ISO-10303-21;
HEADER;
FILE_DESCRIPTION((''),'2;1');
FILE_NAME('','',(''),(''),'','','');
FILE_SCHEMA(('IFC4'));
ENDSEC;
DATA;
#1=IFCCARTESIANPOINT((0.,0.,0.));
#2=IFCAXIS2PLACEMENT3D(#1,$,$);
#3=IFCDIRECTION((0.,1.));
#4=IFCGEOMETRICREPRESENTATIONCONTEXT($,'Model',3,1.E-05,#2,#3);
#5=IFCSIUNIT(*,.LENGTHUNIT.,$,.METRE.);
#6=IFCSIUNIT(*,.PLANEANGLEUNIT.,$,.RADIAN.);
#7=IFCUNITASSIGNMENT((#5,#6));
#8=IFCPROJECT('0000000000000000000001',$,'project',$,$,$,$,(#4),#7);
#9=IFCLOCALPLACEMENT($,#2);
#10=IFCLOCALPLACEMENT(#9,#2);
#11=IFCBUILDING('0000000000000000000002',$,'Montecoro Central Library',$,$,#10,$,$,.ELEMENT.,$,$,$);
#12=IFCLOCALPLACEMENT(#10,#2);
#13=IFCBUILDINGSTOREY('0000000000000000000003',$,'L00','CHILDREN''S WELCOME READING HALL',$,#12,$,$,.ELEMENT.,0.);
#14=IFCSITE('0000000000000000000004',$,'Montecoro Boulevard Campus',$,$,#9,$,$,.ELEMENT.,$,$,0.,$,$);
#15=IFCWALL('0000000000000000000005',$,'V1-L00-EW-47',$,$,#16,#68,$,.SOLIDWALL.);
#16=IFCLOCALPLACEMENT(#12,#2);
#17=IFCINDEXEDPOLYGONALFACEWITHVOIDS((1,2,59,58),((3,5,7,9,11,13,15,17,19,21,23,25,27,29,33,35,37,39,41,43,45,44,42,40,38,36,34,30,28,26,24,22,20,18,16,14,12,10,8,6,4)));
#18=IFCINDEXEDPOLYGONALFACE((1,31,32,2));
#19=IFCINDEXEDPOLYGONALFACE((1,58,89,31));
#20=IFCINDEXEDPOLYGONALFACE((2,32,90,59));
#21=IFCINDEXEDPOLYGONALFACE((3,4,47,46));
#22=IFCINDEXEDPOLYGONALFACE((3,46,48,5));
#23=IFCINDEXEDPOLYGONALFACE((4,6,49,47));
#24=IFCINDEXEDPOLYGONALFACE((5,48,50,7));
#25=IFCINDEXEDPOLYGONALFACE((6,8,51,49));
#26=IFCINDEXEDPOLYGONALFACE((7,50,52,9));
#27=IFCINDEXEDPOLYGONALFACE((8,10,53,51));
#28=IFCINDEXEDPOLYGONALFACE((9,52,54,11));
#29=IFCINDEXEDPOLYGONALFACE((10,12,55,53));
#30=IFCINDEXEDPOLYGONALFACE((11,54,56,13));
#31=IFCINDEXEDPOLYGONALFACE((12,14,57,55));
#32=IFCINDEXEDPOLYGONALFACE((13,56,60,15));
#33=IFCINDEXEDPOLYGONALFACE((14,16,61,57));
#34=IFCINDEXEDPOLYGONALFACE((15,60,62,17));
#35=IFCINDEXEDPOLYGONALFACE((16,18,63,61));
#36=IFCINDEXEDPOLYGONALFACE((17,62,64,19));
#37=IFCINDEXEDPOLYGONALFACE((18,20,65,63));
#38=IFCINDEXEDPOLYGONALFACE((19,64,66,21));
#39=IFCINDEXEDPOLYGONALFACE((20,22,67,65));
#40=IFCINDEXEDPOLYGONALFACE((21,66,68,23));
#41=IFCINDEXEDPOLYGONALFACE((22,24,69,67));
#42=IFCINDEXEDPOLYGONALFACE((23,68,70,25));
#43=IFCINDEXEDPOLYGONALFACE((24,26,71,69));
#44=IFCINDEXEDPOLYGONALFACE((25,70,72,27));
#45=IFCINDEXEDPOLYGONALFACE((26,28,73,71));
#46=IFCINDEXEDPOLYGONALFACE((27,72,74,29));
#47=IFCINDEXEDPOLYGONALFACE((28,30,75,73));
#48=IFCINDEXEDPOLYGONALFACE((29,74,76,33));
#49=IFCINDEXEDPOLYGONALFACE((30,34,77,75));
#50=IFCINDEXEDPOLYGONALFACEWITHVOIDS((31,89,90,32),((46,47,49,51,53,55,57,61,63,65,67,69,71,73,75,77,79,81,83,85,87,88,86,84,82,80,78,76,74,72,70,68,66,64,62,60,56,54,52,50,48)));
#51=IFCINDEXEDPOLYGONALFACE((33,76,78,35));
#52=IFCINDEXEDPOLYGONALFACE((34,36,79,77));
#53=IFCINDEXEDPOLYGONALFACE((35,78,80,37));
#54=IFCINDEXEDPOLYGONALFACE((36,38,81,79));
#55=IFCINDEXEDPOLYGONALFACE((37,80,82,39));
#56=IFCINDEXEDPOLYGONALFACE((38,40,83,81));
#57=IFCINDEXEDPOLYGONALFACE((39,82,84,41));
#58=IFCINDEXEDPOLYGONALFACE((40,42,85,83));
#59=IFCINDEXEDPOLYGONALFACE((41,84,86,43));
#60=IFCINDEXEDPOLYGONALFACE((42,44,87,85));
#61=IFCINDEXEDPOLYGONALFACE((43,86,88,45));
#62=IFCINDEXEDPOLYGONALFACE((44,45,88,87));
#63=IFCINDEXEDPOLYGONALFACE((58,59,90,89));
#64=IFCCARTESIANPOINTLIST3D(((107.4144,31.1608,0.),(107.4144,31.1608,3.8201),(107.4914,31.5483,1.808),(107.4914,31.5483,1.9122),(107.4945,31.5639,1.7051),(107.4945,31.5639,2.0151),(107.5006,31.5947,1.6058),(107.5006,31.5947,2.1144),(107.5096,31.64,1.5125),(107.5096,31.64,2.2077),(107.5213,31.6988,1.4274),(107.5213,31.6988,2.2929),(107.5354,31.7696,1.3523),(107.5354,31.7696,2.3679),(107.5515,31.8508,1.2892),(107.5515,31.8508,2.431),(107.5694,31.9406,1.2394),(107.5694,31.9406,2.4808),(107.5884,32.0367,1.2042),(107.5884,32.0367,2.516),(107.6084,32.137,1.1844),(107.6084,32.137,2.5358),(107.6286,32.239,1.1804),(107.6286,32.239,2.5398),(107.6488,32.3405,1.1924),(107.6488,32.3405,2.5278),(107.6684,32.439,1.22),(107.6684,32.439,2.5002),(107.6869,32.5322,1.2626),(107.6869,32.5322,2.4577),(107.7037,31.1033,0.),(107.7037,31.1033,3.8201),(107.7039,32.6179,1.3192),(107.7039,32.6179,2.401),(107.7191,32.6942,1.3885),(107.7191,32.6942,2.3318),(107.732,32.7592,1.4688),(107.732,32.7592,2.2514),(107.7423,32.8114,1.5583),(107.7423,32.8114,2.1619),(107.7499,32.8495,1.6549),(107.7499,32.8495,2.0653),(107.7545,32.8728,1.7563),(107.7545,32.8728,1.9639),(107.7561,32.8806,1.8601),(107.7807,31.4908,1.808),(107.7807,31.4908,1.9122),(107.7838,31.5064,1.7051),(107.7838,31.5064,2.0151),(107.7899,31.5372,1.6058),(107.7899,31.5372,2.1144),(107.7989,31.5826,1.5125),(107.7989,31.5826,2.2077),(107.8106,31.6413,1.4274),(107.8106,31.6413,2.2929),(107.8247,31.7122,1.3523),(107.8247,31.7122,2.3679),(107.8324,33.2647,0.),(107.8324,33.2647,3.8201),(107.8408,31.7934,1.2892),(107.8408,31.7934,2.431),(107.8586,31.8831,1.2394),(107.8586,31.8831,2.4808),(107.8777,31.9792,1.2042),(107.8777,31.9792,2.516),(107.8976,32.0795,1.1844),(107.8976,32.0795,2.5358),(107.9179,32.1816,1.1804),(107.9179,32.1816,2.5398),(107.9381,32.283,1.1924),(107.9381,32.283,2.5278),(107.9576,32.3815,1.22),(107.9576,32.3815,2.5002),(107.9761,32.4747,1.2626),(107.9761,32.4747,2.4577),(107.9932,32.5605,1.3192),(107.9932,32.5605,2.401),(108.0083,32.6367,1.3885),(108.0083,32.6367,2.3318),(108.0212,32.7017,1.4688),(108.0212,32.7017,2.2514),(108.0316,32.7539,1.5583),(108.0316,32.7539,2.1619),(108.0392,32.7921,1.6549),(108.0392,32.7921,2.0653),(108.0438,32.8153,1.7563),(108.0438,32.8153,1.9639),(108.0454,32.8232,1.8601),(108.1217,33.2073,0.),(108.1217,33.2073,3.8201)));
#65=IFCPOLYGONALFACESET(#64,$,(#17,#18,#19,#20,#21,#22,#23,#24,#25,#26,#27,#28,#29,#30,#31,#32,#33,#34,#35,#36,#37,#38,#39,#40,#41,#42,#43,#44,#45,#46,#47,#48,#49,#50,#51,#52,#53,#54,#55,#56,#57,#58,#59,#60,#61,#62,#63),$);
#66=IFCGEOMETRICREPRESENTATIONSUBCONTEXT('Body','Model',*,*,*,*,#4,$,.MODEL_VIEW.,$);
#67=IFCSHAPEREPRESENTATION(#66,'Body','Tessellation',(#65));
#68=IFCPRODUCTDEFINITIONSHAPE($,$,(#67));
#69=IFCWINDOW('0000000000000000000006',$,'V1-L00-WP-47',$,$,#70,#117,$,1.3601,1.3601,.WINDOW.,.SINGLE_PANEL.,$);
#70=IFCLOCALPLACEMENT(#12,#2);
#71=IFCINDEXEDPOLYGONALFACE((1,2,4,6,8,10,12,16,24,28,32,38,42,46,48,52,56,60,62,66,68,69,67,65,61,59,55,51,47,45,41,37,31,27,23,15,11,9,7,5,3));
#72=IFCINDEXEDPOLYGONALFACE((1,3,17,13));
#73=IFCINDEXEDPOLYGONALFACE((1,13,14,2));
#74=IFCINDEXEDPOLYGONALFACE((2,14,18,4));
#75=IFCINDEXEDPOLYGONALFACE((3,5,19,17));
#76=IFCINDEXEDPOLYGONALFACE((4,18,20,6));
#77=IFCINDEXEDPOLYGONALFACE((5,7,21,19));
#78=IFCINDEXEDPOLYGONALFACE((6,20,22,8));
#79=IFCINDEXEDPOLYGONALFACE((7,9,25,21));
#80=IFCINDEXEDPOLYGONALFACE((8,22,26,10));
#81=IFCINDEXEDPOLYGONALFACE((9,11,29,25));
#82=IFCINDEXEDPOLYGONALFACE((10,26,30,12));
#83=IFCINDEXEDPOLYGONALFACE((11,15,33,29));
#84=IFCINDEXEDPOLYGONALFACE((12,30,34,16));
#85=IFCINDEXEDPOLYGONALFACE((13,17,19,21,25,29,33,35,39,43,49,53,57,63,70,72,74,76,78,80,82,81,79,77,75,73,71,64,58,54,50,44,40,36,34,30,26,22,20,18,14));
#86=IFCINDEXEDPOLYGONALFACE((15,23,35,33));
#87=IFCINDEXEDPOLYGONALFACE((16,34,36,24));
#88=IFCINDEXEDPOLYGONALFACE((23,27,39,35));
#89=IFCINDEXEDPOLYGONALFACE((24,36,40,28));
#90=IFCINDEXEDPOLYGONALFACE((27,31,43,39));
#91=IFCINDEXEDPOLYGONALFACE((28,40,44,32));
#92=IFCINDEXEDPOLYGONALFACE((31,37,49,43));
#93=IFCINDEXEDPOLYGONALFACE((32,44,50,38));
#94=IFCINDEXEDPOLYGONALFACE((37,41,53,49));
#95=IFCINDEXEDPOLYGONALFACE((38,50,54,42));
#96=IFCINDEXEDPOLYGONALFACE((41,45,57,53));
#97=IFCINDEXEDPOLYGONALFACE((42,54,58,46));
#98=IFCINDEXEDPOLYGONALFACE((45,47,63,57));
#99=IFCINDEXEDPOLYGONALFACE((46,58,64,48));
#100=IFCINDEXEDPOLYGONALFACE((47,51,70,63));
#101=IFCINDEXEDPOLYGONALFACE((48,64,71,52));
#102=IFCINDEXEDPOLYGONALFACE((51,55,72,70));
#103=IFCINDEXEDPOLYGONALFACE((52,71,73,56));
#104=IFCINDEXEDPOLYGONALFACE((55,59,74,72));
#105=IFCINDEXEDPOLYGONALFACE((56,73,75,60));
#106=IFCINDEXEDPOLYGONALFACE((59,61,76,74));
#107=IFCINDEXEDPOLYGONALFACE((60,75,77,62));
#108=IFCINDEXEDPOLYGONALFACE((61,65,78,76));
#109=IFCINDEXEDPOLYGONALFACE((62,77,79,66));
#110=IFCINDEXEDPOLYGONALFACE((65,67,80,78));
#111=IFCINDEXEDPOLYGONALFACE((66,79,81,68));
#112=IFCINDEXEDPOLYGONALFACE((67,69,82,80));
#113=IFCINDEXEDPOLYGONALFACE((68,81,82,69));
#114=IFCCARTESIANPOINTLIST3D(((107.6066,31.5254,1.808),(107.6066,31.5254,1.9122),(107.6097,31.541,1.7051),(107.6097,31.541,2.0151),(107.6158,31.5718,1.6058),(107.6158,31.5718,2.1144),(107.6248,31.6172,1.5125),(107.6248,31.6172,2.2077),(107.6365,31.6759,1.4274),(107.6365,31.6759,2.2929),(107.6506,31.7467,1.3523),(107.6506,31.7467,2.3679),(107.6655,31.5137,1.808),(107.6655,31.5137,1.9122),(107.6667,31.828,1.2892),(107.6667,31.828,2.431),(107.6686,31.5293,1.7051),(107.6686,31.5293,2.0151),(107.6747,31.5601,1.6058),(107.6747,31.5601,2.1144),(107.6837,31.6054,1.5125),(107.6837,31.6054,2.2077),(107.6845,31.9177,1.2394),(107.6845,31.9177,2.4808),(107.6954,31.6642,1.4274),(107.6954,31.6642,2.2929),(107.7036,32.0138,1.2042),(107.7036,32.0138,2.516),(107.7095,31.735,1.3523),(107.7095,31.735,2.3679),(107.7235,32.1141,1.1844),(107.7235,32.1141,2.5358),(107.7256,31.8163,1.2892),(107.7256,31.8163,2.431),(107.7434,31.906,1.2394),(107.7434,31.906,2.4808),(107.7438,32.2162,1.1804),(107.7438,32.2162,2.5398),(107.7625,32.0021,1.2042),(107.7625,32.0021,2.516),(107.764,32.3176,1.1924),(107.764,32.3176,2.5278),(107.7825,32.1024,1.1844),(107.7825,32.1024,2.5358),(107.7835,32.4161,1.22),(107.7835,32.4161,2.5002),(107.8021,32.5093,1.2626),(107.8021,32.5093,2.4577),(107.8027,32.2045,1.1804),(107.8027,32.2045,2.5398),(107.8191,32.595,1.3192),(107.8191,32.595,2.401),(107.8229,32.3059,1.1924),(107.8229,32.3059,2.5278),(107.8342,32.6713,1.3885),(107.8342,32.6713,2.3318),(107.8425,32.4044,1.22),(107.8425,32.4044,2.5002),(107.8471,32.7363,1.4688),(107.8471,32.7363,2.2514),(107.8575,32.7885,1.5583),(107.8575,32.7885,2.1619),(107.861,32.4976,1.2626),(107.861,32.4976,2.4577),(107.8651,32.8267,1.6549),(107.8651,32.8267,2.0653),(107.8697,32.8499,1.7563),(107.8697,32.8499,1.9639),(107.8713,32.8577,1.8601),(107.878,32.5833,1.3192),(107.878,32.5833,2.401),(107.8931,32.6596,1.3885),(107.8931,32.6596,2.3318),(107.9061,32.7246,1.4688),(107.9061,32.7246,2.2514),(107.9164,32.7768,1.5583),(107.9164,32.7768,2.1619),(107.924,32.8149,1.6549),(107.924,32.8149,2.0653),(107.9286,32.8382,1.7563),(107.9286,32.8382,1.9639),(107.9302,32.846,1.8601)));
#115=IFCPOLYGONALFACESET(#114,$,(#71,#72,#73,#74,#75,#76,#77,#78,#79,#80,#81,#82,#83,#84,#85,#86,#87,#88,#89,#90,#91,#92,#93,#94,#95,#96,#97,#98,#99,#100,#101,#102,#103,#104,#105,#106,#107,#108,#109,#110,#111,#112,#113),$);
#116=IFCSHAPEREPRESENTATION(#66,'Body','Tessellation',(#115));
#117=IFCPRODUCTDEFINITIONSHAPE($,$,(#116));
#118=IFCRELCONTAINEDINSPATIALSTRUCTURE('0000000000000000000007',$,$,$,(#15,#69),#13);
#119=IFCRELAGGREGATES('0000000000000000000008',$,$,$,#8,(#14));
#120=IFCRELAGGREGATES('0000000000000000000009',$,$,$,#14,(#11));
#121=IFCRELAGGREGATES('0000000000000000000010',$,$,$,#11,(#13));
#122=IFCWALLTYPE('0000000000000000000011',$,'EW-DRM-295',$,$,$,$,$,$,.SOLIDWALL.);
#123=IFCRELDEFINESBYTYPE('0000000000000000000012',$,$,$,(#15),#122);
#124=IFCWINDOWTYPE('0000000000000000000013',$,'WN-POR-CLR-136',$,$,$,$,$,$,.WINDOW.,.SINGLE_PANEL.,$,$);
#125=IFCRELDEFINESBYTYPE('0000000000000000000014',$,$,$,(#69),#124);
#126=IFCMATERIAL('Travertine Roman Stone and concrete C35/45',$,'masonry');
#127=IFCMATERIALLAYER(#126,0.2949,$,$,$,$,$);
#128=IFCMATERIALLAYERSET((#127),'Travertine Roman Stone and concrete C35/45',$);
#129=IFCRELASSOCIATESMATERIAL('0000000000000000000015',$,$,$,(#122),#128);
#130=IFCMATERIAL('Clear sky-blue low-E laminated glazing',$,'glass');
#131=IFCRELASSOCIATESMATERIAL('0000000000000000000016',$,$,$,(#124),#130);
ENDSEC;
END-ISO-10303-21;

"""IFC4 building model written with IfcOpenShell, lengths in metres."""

from ifc_helpers import new_model, si_unit, direction, frame, frame_2d, origin, place, context, subcontext, project, spatial, rectangle, circle, extrude, material, layer, layer_set, type_object, element, fill, save


model = new_model("IFC4")

# Units and contexts
model_context = context("Model", 3, precision=1e-05, world=origin(), true_north=direction((0.0, 1.0)))
body_context = subcontext(model_context, "Body", "Model", "MODEL_VIEW")
ifc_project = project(units=[si_unit("LENGTHUNIT", "METRE"), si_unit("PLANEANGLEUNIT", "RADIAN")], contexts=[model_context])

# Site, building, storey
site_placement = place(None, origin())
site = spatial("IfcSite", under=ifc_project, at=site_placement, Name="Montecoro Boulevard Campus", CompositionType="ELEMENT", RefElevation=0.0)
building_placement = place(site_placement, origin())
building = spatial("IfcBuilding", under=site, at=building_placement, Name="Montecoro Central Library", CompositionType="ELEMENT")
storey_placement = place(building_placement, origin())
storey = spatial("IfcBuildingStorey", under=building, at=storey_placement, Name="L00", Description="CHILDREN'S WELCOME READING HALL", CompositionType="ELEMENT", Elevation=0.0)

# Wall, opening, window
ifc_material_1 = material(Name="Travertine Roman Stone and concrete C35/45", Category="masonry")
ifc_layer_1 = layer(ifc_material_1, 0.2949)
ifc_layer_set_1 = layer_set([ifc_layer_1], Name="Travertine Roman Stone and concrete C35/45")
wall_type = type_object("IfcWallType", Name="EW-DRM-295", PredefinedType="SOLIDWALL", material=ifc_layer_set_1)
ifc_material_2 = material(Name="Clear sky-blue low-E laminated glazing", Category="glass")
window_type_1 = type_object("IfcWindowType", Name="WN-POR-CLR-136", PartitioningType="SINGLE_PANEL", PredefinedType="WINDOW", material=ifc_material_2)
wall_1_placement = place(storey_placement, frame((107.5591, 31.1321, 0.0), z_axis=(0.0, 0.0, 1.0), x_axis=(0.194847, 0.980834, 0.0)))
wall_1 = element("IfcWall", 1, at=wall_1_placement, inside=storey, type_object=wall_type, Name="V1-L00-EW-47", PredefinedType="SOLIDWALL", context=body_context, shape_type="SweptSolid", body=[
    extrude(rectangle(XDim=2.145, YDim=0.2949, at=frame_2d((1.0725, 0.0))), origin(), (0.0, 0.0, 1.0), 3.8201),
])
opening_1_placement = place(wall_1_placement, frame((0.3931, 0.0, 1.1799)))
opening_1 = element("IfcOpeningElement", 2, at=opening_1_placement, cuts=wall_1, PredefinedType="OPENING", context=body_context, shape_type="SweptSolid", body=[
    extrude(circle(Radius=0.6802, at=frame_2d((0.6802, 0.6802))), frame((0.0, 0.1575, 0.0), z_axis=(0.0, -1.0, 0.0), x_axis=(1.0, 0.0, 0.0)), (0.0, 0.0, 1.0), 0.3149),
])
window_1_placement = place(opening_1_placement, origin())
window_1 = element("IfcWindow", 3, at=window_1_placement, inside=storey, type_object=window_type_1, Name="V1-L00-WP-47", OverallHeight=1.3601, OverallWidth=1.3601, PartitioningType="SINGLE_PANEL", PredefinedType="WINDOW", context=body_context, shape_type="SweptSolid", body=[
    extrude(circle(Radius=0.6802, at=frame_2d((0.6802, 0.6802))), frame((0.0, 0.03, 0.0), z_axis=(0.0, -1.0, 0.0), x_axis=(1.0, 0.0, 0.0)), (0.0, 0.0, 1.0), 0.0601),
])
fill(opening_1, window_1)

save(model, "model.ifc")
